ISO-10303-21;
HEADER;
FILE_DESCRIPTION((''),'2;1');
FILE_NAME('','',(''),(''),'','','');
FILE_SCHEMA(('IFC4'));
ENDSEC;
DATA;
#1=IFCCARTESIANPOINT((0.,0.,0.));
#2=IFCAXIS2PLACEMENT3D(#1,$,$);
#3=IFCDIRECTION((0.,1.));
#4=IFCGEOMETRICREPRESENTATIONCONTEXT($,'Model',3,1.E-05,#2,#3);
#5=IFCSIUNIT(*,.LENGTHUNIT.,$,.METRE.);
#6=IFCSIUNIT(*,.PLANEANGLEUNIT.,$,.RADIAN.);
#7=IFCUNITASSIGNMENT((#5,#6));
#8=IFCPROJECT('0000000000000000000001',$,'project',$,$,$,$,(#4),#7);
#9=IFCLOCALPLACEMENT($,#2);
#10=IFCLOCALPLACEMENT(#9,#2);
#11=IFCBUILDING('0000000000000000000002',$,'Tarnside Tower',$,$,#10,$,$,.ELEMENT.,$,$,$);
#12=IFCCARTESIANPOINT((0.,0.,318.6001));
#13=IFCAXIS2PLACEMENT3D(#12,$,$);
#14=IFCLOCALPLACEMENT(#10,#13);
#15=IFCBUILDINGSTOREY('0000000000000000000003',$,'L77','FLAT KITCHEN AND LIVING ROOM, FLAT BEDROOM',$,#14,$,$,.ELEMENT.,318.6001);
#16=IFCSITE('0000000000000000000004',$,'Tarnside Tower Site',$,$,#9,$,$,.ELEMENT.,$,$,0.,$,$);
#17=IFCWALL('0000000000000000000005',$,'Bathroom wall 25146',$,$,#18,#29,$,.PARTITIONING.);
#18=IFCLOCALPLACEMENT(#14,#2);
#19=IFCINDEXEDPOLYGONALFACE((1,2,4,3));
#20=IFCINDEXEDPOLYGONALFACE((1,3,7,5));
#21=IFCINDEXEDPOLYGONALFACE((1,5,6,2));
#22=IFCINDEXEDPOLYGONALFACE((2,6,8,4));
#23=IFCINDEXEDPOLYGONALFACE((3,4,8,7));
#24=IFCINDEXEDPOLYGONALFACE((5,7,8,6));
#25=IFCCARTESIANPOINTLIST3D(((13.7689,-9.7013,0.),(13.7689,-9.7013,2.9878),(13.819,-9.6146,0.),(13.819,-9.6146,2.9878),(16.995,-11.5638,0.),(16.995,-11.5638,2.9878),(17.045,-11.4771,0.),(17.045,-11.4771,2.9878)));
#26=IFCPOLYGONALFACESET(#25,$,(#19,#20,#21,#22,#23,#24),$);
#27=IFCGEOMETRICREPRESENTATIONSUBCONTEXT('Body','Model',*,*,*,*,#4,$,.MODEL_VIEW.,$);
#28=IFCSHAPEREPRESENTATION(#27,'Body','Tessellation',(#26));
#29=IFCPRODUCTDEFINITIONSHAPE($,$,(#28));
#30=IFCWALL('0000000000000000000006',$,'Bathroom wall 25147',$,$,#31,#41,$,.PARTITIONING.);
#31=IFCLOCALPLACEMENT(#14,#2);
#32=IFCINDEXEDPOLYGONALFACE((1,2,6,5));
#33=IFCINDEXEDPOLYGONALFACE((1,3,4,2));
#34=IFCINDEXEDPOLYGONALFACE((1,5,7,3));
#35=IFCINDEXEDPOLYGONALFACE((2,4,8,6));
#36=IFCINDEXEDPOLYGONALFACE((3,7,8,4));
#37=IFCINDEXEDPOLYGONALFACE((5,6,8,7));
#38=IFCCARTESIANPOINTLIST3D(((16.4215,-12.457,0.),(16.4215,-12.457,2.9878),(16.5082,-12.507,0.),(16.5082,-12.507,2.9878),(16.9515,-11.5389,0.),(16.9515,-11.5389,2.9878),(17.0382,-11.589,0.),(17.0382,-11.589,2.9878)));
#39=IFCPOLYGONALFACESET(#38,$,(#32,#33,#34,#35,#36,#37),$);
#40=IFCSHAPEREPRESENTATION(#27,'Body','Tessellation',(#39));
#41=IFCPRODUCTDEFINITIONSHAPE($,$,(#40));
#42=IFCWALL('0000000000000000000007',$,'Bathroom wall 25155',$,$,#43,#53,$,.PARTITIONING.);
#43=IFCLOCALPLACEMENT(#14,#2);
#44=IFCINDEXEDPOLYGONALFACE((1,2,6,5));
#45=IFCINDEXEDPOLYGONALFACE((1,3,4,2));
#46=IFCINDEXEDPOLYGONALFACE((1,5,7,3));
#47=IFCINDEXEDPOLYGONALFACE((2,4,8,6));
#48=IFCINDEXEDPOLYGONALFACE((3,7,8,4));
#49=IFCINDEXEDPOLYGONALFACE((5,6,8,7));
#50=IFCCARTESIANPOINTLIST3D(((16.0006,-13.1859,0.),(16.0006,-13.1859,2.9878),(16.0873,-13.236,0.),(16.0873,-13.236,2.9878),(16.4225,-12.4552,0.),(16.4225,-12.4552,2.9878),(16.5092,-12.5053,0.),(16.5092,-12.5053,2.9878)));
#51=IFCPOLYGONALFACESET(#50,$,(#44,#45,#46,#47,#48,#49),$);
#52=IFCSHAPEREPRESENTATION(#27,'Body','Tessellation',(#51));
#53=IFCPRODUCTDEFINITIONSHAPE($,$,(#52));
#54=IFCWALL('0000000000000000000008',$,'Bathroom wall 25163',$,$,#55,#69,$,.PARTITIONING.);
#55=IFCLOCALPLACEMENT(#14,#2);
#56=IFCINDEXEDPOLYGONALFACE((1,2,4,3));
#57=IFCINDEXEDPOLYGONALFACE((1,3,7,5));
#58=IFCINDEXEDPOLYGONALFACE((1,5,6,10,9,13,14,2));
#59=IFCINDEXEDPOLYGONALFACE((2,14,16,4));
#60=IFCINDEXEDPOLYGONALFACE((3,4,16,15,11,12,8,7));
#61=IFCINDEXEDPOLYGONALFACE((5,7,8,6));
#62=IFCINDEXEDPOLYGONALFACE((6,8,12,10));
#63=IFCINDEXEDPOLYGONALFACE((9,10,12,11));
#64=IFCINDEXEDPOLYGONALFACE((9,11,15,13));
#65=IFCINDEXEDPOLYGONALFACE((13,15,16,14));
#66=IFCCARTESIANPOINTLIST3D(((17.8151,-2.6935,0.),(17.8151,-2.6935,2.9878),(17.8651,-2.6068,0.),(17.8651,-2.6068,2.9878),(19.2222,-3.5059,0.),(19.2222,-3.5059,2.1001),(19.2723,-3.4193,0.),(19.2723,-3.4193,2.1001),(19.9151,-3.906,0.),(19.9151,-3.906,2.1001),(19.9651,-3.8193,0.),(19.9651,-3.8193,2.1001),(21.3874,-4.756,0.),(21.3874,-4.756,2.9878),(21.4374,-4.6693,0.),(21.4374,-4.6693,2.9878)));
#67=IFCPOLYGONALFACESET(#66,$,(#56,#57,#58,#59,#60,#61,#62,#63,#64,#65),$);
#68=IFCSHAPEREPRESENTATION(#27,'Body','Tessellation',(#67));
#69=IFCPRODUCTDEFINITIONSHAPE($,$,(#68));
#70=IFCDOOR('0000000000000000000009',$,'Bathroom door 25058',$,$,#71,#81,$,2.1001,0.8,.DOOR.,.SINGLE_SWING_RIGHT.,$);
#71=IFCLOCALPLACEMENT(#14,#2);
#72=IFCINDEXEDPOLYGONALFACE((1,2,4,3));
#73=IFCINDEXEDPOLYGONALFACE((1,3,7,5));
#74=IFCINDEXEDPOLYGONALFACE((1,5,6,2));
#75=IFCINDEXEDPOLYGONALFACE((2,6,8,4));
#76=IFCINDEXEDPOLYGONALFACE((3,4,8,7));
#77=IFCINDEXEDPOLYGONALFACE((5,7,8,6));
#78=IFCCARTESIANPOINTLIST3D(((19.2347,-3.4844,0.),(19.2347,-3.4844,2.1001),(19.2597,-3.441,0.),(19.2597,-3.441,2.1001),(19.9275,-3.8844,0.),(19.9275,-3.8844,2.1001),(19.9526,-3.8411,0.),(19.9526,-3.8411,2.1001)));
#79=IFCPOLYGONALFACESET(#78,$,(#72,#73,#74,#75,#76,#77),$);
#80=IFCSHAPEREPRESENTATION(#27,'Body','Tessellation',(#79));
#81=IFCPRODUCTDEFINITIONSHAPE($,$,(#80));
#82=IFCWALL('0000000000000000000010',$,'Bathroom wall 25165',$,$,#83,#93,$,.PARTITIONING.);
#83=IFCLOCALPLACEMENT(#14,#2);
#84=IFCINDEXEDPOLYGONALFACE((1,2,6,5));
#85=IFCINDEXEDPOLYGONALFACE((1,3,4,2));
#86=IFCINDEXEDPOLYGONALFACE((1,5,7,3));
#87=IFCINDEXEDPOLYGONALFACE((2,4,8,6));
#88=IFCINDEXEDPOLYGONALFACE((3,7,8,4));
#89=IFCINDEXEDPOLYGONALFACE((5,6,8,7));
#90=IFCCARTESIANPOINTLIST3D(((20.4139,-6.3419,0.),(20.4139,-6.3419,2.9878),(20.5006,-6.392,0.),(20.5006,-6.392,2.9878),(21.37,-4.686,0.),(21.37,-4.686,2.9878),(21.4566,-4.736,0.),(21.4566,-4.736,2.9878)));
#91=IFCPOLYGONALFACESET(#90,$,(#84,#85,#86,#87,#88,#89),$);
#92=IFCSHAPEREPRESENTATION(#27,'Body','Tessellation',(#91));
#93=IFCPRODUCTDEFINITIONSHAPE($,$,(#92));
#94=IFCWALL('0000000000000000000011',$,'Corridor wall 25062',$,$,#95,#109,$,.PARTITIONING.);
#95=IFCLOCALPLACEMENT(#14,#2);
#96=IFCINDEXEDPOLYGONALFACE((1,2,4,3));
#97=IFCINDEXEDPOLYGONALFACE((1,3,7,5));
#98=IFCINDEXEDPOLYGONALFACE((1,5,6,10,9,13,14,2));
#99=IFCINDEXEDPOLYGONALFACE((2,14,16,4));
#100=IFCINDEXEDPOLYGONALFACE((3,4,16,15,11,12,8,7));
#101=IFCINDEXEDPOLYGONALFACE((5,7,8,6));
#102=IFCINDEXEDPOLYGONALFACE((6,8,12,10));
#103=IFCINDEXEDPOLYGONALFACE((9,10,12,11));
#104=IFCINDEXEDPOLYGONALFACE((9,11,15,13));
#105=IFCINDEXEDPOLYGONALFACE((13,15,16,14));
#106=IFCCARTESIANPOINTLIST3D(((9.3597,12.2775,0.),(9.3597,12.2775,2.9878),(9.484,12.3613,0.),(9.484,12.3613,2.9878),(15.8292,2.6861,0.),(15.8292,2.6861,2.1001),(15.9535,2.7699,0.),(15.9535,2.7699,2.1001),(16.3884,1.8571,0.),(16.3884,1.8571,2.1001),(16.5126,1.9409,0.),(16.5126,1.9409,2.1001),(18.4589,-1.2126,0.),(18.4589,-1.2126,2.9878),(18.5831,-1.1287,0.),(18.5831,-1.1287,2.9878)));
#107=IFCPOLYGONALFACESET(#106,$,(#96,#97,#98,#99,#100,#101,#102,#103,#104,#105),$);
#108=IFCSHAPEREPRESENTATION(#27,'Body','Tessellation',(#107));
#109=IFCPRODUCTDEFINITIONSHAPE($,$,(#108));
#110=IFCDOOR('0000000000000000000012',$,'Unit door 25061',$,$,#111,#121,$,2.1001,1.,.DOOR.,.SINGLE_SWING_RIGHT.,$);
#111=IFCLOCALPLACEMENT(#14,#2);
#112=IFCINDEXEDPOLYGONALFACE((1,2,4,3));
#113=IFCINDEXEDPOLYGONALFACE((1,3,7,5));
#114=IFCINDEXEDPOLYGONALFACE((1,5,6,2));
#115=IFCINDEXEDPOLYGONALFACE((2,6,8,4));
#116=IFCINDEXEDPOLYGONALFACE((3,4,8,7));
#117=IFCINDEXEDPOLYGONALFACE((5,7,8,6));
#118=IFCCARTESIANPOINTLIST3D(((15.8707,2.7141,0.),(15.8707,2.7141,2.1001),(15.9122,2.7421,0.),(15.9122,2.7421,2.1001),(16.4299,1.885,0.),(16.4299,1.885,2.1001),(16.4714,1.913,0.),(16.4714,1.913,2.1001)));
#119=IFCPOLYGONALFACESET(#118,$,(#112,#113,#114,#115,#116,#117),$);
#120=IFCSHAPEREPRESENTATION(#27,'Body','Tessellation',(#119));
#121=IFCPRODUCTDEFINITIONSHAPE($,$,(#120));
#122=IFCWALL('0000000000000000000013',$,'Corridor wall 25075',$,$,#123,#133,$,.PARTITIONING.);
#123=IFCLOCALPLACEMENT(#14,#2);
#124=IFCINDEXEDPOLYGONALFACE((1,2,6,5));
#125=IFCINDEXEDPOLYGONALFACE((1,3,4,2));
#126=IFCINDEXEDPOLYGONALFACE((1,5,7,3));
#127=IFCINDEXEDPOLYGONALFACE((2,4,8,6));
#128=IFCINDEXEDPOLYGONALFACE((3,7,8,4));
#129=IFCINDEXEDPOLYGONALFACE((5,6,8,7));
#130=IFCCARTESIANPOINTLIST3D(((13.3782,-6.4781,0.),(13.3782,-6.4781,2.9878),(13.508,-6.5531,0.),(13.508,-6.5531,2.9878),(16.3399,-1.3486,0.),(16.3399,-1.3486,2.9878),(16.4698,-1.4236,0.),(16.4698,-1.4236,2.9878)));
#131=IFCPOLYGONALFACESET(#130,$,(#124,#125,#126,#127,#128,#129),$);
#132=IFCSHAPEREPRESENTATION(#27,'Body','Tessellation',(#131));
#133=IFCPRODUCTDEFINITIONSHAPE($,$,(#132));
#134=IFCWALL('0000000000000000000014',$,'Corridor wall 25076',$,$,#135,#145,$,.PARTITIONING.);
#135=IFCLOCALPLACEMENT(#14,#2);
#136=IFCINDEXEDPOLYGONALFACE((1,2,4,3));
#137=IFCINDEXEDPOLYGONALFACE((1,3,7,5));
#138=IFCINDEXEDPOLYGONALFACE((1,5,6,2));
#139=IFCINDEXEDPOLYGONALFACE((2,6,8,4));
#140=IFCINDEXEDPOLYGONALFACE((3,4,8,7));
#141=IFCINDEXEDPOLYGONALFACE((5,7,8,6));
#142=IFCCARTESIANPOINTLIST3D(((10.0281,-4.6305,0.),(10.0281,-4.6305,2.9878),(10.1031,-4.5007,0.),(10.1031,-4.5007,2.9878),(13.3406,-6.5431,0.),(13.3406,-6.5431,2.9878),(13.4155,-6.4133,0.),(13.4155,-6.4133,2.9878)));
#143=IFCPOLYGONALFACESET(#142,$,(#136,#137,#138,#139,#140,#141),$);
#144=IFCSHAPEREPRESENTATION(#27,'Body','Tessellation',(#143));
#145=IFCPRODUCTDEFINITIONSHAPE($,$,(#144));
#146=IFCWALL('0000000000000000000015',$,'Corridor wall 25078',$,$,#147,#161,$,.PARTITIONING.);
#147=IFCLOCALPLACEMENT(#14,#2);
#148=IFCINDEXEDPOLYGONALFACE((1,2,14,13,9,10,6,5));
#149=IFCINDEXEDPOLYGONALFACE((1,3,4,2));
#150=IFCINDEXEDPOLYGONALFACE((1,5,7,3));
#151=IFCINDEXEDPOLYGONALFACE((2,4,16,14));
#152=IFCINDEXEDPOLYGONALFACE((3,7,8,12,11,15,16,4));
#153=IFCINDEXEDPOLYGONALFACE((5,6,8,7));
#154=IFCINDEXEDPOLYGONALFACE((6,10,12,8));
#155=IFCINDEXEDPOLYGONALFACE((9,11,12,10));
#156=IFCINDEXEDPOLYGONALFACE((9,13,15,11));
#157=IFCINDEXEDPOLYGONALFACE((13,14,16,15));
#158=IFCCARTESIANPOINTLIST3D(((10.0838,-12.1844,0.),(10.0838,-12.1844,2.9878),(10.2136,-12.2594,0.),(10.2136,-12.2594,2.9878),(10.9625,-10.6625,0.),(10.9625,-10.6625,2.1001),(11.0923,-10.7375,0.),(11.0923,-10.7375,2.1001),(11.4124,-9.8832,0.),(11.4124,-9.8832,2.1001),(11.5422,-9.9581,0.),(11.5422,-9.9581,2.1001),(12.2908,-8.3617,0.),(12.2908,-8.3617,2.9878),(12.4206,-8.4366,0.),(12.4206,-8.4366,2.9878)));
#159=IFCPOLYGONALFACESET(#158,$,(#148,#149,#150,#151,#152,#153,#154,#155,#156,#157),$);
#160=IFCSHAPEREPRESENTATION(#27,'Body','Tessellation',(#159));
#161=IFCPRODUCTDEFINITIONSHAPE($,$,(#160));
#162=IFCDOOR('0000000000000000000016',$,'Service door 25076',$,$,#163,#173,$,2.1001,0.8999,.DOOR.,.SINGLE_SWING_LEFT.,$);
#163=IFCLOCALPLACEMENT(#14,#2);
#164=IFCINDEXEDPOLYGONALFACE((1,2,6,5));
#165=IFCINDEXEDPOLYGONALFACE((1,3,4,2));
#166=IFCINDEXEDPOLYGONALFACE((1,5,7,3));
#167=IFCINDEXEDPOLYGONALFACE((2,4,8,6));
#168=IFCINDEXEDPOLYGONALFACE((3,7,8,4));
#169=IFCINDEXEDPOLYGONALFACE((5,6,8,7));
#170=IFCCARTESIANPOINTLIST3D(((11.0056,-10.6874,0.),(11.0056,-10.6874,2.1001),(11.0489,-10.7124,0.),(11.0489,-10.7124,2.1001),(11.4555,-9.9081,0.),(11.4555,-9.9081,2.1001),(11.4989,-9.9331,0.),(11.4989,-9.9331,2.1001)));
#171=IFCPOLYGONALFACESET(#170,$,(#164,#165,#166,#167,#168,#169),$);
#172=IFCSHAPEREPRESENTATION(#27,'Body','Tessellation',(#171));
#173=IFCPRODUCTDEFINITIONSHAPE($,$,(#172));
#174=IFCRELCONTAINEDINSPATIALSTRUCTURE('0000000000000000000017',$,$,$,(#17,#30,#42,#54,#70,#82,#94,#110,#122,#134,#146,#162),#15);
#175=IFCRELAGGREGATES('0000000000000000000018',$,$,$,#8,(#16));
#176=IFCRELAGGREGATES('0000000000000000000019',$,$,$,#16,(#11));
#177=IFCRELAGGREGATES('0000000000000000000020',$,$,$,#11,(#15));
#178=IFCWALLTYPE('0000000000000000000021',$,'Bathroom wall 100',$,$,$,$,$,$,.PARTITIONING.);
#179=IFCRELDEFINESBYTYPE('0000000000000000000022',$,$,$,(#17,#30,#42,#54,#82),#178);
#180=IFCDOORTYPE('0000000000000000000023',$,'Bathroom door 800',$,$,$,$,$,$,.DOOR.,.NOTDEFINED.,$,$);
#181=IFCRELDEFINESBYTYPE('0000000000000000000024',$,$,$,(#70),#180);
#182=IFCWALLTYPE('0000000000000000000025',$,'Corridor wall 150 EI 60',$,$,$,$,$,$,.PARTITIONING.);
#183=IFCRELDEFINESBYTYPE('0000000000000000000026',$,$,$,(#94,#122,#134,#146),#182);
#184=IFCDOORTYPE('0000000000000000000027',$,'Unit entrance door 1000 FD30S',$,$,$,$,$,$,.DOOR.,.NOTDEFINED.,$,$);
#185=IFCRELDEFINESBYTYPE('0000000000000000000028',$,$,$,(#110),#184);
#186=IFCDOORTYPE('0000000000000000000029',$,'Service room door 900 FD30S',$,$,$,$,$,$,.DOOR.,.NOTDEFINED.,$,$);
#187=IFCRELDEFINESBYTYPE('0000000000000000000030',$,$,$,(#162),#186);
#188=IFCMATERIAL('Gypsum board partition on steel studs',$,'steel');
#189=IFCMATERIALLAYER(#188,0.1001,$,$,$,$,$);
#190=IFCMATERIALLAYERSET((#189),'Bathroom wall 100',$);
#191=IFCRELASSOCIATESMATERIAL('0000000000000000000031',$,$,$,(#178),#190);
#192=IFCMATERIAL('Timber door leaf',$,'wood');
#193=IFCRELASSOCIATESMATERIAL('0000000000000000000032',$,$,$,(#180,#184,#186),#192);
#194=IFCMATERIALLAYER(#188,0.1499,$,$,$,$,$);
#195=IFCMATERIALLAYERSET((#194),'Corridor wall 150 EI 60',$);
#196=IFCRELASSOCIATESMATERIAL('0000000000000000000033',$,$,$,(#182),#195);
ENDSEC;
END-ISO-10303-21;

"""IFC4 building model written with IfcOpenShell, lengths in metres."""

from ifc_helpers import new_model, si_unit, direction, frame, frame_2d, origin, place, context, subcontext, project, spatial, rectangle, extrude, material, layer, layer_set, type_object, element, fill, save


model = new_model("IFC4")

# Units and contexts
model_context = context("Model", 3, precision=1e-05, world=origin(), true_north=direction((0.0, 1.0)))
body_context = subcontext(model_context, "Body", "Model", "MODEL_VIEW")
ifc_project = project(units=[si_unit("LENGTHUNIT", "METRE"), si_unit("PLANEANGLEUNIT", "RADIAN")], contexts=[model_context])

# Site, building, storey
site_placement = place(None, origin())
site = spatial("IfcSite", under=ifc_project, at=site_placement, Name="Tarnside Tower Site", CompositionType="ELEMENT", RefElevation=0.0)
building_placement = place(site_placement, origin())
building = spatial("IfcBuilding", under=site, at=building_placement, Name="Tarnside Tower", CompositionType="ELEMENT")
storey_placement = place(building_placement, frame((0.0, 0.0, 318.6001)))
storey = spatial("IfcBuildingStorey", under=building, at=storey_placement, Name="L77", Description="FLAT KITCHEN AND LIVING ROOM, FLAT BEDROOM", CompositionType="ELEMENT", Elevation=318.6001)

# Walls
ifc_material_1 = material(Name="Gypsum board partition on steel studs", Category="steel")
ifc_layer_1 = layer(ifc_material_1, 0.1001)
ifc_layer_set_1 = layer_set([ifc_layer_1], Name="Bathroom wall 100")
wall_type_1 = type_object("IfcWallType", Name="Bathroom wall 100", PredefinedType="PARTITIONING", material=ifc_layer_set_1)
wall_1_placement = place(storey_placement, frame((13.7939, -9.658, 0.0), z_axis=(0.0, 0.0, 1.0), x_axis=(0.866028, -0.499995, 0.0)))
element("IfcWall", 1, at=wall_1_placement, inside=storey, type_object=wall_type_1, Name="Bathroom wall 25146", PredefinedType="PARTITIONING", context=body_context, shape_type="SweptSolid", body=[
    extrude(rectangle(XDim=3.7251, YDim=0.1001, at=frame_2d((1.8625, 0.0))), origin(), (0.0, 0.0, 1.0), 2.9878),
])
wall_2_placement = place(storey_placement, frame((16.9949, -11.564, 0.0), z_axis=(0.0, 0.0, 1.0), x_axis=(-0.500028, -0.866009, 0.0)))
element("IfcWall", 2, at=wall_2_placement, inside=storey, type_object=wall_type_1, Name="Bathroom wall 25147", PredefinedType="PARTITIONING", context=body_context, shape_type="SweptSolid", body=[
    extrude(rectangle(XDim=1.0601, YDim=0.1001, at=frame_2d((0.53, 0.0))), origin(), (0.0, 0.0, 1.0), 2.9878),
])
wall_3_placement = place(storey_placement, frame((16.0439, -13.2109, 0.0), z_axis=(0.0, 0.0, 1.0), x_axis=(0.499998, 0.866027, 0.0)))
element("IfcWall", 3, at=wall_3_placement, inside=storey, type_object=wall_type_1, Name="Bathroom wall 25155", PredefinedType="PARTITIONING", context=body_context, shape_type="SweptSolid", body=[
    extrude(rectangle(XDim=0.8438, YDim=0.1001, at=frame_2d((0.4219, 0.0))), origin(), (0.0, 0.0, 1.0), 2.9878),
])

# Wall, opening, door
wall_4_placement = place(storey_placement, frame((17.8401, -2.6501, 0.0), z_axis=(0.0, 0.0, 1.0), x_axis=(0.86602, -0.500009, 0.0)))
wall_4 = element("IfcWall", 4, at=wall_4_placement, inside=storey, type_object=wall_type_1, Name="Bathroom wall 25163", PredefinedType="PARTITIONING", context=body_context, shape_type="SweptSolid", body=[
    extrude(rectangle(XDim=4.125, YDim=0.1001, at=frame_2d((2.0625, 0.0))), origin(), (0.0, 0.0, 1.0), 2.9878),
])
opening_1_placement = place(wall_4_placement, frame((1.625, 0.0, 0.0)))
opening_1 = element("IfcOpeningElement", 5, at=opening_1_placement, cuts=wall_4, PredefinedType="OPENING", context=body_context, shape_type="SweptSolid", body=[
    extrude(rectangle(XDim=0.8, YDim=2.1001, at=frame_2d((0.3999, 1.05))), frame((0.0, 0.0601, 0.0), z_axis=(0.0, -1.0, 0.0), x_axis=(1.0, 0.0, 0.0)), (0.0, 0.0, 1.0), 0.1201),
])
ifc_material_2 = material(Name="Timber door leaf", Category="wood")
door_type_1 = type_object("IfcDoorType", Name="Bathroom door 800", OperationType="NOTDEFINED", PredefinedType="DOOR", material=ifc_material_2)
door_1_placement = place(opening_1_placement, origin())
door_1 = element("IfcDoor", 6, at=door_1_placement, inside=storey, type_object=door_type_1, Name="Bathroom door 25058", OperationType="SINGLE_SWING_RIGHT", OverallHeight=2.1001, OverallWidth=0.8, PredefinedType="DOOR", context=body_context, shape_type="SweptSolid", body=[
    extrude(rectangle(XDim=0.8, YDim=2.1001, at=frame_2d((0.3999, 1.05))), frame((0.0, 0.0249, 0.0), z_axis=(0.0, -1.0, 0.0), x_axis=(1.0, 0.0, 0.0)), (0.0, 0.0, 1.0), 0.05),
])
fill(opening_1, door_1)

# Wall
wall_5_placement = place(storey_placement, frame((20.4573, -6.3669, 0.0), z_axis=(0.0, 0.0, 1.0), x_axis=(0.499984, 0.866035, 0.0)))
element("IfcWall", 7, at=wall_5_placement, inside=storey, type_object=wall_type_1, Name="Bathroom wall 25165", PredefinedType="PARTITIONING", context=body_context, shape_type="SweptSolid", body=[
    extrude(rectangle(XDim=1.9121, YDim=0.1001, at=frame_2d((0.9561, 0.0))), origin(), (0.0, 0.0, 1.0), 2.9878),
])

# Wall, opening, door
ifc_layer_2 = layer(ifc_material_1, 0.1499)
ifc_layer_set_2 = layer_set([ifc_layer_2], Name="Corridor wall 150 EI 60")
wall_type_2 = type_object("IfcWallType", Name="Corridor wall 150 EI 60", PredefinedType="PARTITIONING", material=ifc_layer_set_2)
wall_6_placement = place(storey_placement, frame((18.521, -1.1707, 0.0), z_axis=(0.0, 0.0, 1.0), x_axis=(-0.559193, 0.829037, 0.0)))
wall_6 = element("IfcWall", 8, at=wall_6_placement, inside=storey, type_object=wall_type_2, Name="Corridor wall 25062", PredefinedType="PARTITIONING", context=body_context, shape_type="SweptSolid", body=[
    extrude(rectangle(XDim=16.272, YDim=0.1499, at=frame_2d((8.136, 0.0))), origin(), (0.0, 0.0, 1.0), 2.9878),
])
opening_2_placement = place(wall_6_placement, frame((3.7026, 0.0, 0.0)))
opening_2 = element("IfcOpeningElement", 9, at=opening_2_placement, cuts=wall_6, PredefinedType="OPENING", context=body_context, shape_type="SweptSolid", body=[
    extrude(rectangle(XDim=1.0, YDim=2.1001, at=frame_2d((0.5, 1.05))), frame((0.0, 0.085, 0.0), z_axis=(0.0, -1.0, 0.0), x_axis=(1.0, 0.0, 0.0)), (0.0, 0.0, 1.0), 0.1699),
])
door_type_2 = type_object("IfcDoorType", Name="Unit entrance door 1000 FD30S", OperationType="NOTDEFINED", PredefinedType="DOOR", material=ifc_material_2)
door_2_placement = place(opening_2_placement, origin())
door_2 = element("IfcDoor", 10, at=door_2_placement, inside=storey, type_object=door_type_2, Name="Unit door 25061", OperationType="SINGLE_SWING_RIGHT", OverallHeight=2.1001, OverallWidth=1.0, PredefinedType="DOOR", context=body_context, shape_type="SweptSolid", body=[
    extrude(rectangle(XDim=1.0, YDim=2.1001, at=frame_2d((0.5, 1.05))), frame((0.0, 0.0249, 0.0), z_axis=(0.0, -1.0, 0.0), x_axis=(1.0, 0.0, 0.0)), (0.0, 0.0, 1.0), 0.05),
])
fill(opening_2, door_2)

# Walls
wall_7_placement = place(storey_placement, frame((16.4048, -1.3862, 0.0), z_axis=(0.0, 0.0, 1.0), x_axis=(-0.500027, -0.86601, 0.0)))
element("IfcWall", 11, at=wall_7_placement, inside=storey, type_object=wall_type_2, Name="Corridor wall 25075", PredefinedType="PARTITIONING", context=body_context, shape_type="SweptSolid", body=[
    extrude(rectangle(XDim=5.9231, YDim=0.1499, at=frame_2d((2.9614, 0.0))), origin(), (0.0, 0.0, 1.0), 2.9878),
])
wall_8_placement = place(storey_placement, frame((13.3782, -6.4783, 0.0), z_axis=(0.0, 0.0, 1.0), x_axis=(-0.866011, 0.500024, 0.0)))
element("IfcWall", 12, at=wall_8_placement, inside=storey, type_object=wall_type_2, Name="Corridor wall 25076", PredefinedType="PARTITIONING", context=body_context, shape_type="SweptSolid", body=[
    extrude(rectangle(XDim=3.825, YDim=0.1499, at=frame_2d((1.9126, 0.0))), origin(), (0.0, 0.0, 1.0), 2.9878),
])

# Wall, opening, door
wall_9_placement = place(storey_placement, frame((12.3557, -8.3992, 0.0), z_axis=(0.0, 0.0, 1.0), x_axis=(-0.499994, -0.866029, 0.0)))
wall_9 = element("IfcWall", 13, at=wall_9_placement, inside=storey, type_object=wall_type_2, Name="Corridor wall 25078", PredefinedType="PARTITIONING", context=body_context, shape_type="SweptSolid", body=[
    extrude(rectangle(XDim=4.4141, YDim=0.1499, at=frame_2d((2.207, 0.0))), origin(), (0.0, 0.0, 1.0), 2.9878),
])
opening_3_placement = place(wall_9_placement, frame((1.7568, 0.0, 0.0)))
opening_3 = element("IfcOpeningElement", 14, at=opening_3_placement, cuts=wall_9, PredefinedType="OPENING", context=body_context, shape_type="SweptSolid", body=[
    extrude(rectangle(XDim=0.8999, YDim=2.1001, at=frame_2d((0.45, 1.05))), frame((0.0, 0.085, 0.0), z_axis=(0.0, -1.0, 0.0), x_axis=(1.0, 0.0, 0.0)), (0.0, 0.0, 1.0), 0.1699),
])
door_type_3 = type_object("IfcDoorType", Name="Service room door 900 FD30S", OperationType="NOTDEFINED", PredefinedType="DOOR", material=ifc_material_2)
door_3_placement = place(opening_3_placement, origin())
door_3 = element("IfcDoor", 15, at=door_3_placement, inside=storey, type_object=door_type_3, Name="Service door 25076", OperationType="SINGLE_SWING_LEFT", OverallHeight=2.1001, OverallWidth=0.8999, PredefinedType="DOOR", context=body_context, shape_type="SweptSolid", body=[
    extrude(rectangle(XDim=0.8999, YDim=2.1001, at=frame_2d((0.45, 1.05))), frame((0.0, 0.0249, 0.0), z_axis=(0.0, -1.0, 0.0), x_axis=(1.0, 0.0, 0.0)), (0.0, 0.0, 1.0), 0.05),
])
fill(opening_3, door_3)

save(model, "model.ifc")
